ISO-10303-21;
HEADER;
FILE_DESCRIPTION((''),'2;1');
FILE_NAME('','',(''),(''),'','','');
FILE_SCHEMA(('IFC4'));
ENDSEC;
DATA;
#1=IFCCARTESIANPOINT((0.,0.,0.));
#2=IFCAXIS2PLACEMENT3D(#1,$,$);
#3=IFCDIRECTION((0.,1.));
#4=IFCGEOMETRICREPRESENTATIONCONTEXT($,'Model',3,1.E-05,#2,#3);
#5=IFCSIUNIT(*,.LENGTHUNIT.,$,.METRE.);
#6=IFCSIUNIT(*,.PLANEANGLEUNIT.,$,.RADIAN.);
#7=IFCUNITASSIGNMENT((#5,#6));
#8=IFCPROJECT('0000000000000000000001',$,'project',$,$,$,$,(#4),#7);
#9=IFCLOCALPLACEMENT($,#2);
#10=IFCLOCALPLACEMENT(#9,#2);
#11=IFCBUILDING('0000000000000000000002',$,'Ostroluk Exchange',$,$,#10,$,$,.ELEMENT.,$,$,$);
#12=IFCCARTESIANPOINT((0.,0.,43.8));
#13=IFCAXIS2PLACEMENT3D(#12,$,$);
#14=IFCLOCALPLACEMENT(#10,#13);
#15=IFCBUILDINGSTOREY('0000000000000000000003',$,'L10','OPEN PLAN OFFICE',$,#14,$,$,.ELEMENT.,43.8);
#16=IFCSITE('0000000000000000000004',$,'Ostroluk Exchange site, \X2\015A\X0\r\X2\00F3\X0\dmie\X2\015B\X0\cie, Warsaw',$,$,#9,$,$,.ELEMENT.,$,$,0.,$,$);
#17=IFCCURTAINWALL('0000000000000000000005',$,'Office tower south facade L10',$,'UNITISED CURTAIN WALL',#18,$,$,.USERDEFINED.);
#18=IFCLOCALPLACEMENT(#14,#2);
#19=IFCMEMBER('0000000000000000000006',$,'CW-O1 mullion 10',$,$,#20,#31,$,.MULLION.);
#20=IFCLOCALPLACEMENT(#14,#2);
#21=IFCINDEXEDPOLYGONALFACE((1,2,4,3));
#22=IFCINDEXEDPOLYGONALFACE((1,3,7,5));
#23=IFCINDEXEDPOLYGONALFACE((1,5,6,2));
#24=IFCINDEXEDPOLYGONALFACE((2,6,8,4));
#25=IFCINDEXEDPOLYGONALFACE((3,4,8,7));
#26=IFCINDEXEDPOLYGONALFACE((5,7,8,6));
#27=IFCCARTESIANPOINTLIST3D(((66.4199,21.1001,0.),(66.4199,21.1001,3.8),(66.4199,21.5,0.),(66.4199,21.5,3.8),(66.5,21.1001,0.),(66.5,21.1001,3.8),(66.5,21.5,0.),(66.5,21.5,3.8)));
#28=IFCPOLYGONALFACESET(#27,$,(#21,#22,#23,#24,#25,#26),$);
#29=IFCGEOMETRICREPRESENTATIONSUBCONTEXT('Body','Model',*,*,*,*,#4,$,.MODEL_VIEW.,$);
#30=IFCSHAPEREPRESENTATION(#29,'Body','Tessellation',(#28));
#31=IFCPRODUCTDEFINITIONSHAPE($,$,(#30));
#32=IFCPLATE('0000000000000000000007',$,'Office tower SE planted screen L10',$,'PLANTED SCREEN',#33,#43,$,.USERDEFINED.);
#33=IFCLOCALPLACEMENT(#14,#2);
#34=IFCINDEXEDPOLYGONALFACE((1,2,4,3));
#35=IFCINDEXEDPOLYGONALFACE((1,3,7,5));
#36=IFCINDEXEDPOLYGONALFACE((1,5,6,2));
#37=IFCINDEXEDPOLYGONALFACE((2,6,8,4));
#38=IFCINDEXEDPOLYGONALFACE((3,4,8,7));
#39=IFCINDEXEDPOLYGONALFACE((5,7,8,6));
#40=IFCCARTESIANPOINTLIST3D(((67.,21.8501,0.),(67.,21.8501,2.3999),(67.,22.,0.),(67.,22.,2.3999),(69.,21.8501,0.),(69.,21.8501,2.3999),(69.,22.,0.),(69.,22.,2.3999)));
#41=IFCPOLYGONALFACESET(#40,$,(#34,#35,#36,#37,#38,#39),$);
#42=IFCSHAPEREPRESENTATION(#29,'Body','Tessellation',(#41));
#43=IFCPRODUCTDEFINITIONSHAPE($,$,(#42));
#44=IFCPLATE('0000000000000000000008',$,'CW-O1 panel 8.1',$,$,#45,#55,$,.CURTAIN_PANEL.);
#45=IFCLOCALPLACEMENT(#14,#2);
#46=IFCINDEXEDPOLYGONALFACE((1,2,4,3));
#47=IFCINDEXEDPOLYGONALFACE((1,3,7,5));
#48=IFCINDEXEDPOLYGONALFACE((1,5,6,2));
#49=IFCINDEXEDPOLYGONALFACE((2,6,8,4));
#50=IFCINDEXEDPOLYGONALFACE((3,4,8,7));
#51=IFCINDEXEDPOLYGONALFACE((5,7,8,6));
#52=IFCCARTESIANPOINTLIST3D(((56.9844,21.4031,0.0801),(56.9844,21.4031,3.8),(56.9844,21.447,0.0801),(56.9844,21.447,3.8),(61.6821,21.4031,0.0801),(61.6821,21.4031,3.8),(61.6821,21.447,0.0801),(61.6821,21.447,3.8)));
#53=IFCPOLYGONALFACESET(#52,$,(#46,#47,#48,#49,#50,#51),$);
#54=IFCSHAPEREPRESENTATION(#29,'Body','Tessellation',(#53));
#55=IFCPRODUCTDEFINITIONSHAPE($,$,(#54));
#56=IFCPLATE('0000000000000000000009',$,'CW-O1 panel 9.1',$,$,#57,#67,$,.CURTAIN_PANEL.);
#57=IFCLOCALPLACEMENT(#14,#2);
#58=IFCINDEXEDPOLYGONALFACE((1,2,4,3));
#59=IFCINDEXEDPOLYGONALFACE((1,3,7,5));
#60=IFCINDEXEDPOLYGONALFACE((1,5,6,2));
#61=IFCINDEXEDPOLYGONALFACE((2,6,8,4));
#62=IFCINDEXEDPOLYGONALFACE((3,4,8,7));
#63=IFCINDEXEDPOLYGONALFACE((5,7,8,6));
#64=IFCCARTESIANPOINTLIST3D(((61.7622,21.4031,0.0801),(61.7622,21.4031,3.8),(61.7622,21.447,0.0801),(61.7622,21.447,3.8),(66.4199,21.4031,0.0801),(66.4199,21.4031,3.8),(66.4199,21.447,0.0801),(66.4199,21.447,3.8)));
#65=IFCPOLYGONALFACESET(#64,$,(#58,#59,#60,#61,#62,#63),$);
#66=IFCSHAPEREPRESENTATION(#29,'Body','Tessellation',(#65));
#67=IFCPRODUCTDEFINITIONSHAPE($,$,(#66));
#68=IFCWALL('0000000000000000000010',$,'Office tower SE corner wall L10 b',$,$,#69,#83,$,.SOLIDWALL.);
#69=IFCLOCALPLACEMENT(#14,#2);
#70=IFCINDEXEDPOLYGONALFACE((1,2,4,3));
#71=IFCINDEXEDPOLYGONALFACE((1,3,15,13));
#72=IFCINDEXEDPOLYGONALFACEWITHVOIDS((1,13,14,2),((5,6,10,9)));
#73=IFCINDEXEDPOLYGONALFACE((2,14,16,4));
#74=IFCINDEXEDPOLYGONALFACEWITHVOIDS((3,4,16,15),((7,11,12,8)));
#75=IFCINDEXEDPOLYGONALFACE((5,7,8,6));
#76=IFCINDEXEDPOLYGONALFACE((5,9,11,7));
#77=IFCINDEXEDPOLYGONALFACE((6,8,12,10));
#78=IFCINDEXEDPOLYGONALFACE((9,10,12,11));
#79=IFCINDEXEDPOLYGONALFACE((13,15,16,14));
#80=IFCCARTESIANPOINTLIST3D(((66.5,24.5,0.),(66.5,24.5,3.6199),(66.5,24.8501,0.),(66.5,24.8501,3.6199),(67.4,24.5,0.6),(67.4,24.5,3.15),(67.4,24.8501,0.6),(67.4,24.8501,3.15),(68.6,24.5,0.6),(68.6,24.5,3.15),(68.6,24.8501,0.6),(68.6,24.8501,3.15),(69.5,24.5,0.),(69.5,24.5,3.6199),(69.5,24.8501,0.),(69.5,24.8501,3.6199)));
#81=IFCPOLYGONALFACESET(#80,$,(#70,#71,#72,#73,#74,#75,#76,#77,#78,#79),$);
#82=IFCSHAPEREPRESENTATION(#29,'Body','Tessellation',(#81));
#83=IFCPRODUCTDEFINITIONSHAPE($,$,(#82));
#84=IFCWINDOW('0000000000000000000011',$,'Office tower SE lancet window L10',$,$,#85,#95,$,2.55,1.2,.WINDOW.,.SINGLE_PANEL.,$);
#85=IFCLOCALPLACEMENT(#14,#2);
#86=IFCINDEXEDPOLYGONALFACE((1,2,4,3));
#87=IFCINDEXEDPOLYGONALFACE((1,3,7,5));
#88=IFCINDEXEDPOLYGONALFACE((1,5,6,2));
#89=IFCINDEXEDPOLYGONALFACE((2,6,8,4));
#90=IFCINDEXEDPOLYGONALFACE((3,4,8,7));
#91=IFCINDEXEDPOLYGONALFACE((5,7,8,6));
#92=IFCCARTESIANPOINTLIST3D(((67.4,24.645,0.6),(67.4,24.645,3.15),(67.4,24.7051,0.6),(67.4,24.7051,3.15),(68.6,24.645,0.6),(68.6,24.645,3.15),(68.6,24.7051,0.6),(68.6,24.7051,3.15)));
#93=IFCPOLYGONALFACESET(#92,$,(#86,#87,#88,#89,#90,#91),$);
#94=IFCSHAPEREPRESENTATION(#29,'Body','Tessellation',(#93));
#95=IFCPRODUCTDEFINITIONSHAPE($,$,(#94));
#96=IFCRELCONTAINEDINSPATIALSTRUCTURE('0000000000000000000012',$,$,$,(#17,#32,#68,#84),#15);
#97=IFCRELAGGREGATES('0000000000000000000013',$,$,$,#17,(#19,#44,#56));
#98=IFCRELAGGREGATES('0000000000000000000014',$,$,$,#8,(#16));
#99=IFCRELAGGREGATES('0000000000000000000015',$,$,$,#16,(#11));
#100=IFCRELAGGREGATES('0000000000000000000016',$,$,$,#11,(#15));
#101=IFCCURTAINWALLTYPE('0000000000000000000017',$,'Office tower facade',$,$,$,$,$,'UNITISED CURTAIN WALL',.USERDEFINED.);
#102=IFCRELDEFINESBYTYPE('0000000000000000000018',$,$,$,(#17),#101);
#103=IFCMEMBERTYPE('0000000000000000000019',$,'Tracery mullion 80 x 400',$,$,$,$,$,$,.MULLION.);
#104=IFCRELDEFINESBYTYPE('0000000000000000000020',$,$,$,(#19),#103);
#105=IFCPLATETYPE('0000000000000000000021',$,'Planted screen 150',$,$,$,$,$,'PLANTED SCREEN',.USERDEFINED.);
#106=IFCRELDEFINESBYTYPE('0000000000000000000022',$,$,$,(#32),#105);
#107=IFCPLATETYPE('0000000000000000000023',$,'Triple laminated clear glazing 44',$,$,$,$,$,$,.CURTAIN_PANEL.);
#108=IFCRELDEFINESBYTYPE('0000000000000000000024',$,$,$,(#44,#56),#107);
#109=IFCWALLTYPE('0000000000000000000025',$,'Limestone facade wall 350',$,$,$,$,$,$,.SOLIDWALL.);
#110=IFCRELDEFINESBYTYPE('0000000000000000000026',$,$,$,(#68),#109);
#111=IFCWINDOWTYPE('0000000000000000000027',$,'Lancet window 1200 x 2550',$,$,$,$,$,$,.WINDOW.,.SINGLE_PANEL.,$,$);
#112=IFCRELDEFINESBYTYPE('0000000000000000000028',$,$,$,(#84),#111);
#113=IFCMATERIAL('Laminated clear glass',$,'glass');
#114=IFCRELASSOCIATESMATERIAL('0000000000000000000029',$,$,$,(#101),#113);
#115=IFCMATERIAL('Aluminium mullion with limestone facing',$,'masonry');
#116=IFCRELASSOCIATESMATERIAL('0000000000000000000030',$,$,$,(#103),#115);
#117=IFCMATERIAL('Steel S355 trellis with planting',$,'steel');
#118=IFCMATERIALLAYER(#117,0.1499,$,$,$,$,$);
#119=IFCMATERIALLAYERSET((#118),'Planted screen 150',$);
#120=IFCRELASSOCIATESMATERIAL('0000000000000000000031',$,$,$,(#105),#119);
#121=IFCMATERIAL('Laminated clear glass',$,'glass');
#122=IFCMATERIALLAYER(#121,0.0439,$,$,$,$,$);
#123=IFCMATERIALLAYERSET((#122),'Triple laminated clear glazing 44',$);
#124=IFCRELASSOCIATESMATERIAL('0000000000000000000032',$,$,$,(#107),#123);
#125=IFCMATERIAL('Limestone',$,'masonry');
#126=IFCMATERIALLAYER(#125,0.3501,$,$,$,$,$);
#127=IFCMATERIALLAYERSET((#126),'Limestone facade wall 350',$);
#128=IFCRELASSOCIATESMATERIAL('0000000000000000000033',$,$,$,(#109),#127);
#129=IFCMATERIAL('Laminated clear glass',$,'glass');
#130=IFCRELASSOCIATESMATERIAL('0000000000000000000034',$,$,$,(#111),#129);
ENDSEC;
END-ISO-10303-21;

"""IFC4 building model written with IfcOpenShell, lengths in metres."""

from ifc_helpers import new_model, si_unit, direction, frame, frame_2d, origin, origin_2d, place, context, subcontext, project, spatial, rectangle, extrude, material, layer, layer_set, material_profile, profile_set, type_object, element, fill, aggregate, save


model = new_model("IFC4")

# Units and contexts
model_context = context("Model", 3, precision=1e-05, world=origin(), true_north=direction((0.0, 1.0)))
body_context = subcontext(model_context, "Body", "Model", "MODEL_VIEW")
ifc_project = project(units=[si_unit("LENGTHUNIT", "METRE"), si_unit("PLANEANGLEUNIT", "RADIAN")], contexts=[model_context])

# Site, building, storey
site_placement = place(None, origin())
site = spatial("IfcSite", under=ifc_project, at=site_placement, Name="Ostroluk Exchange site, Śródmieście, Warsaw", CompositionType="ELEMENT", RefElevation=0.0)
building_placement = place(site_placement, origin())
building = spatial("IfcBuilding", under=site, at=building_placement, Name="Ostroluk Exchange", CompositionType="ELEMENT")
storey_placement = place(building_placement, frame((0.0, 0.0, 43.8)))
storey = spatial("IfcBuildingStorey", under=building, at=storey_placement, Name="L10", Description="OPEN PLAN OFFICE", CompositionType="ELEMENT", Elevation=43.8)

# Curtain wall
ifc_material_1 = material(Name="Laminated clear glass", Category="glass")
curtain_wall_type = type_object("IfcCurtainWallType", Name="Office tower facade", ElementType="UNITISED CURTAIN WALL", PredefinedType="USERDEFINED", material=ifc_material_1)
curtain_wall_1_placement = place(storey_placement, origin())
curtain_wall_1 = element("IfcCurtainWall", 1, at=curtain_wall_1_placement, inside=storey, type_object=curtain_wall_type, Name="Office tower south facade L10", ObjectType="UNITISED CURTAIN WALL", PredefinedType="USERDEFINED")

# Member
ifc_material_2 = material(Name="Aluminium mullion with limestone facing", Category="masonry")
ifc_material_profile_1 = material_profile(ifc_material_2, rectangle(XDim=0.3999, YDim=0.0801, at=origin_2d()), Name="Tracery mullion 80 x 400")
ifc_profile_set_1 = profile_set([ifc_material_profile_1], Name="Aluminium mullion with limestone facing")
member_type_1 = type_object("IfcMemberType", Name="Tracery mullion 80 x 400", PredefinedType="MULLION", material=ifc_profile_set_1)
member_1_placement = place(storey_placement, frame((66.46, 21.3, 0.0), z_axis=(0.0, 0.0, 1.0), x_axis=(0.0, 1.0, 0.0)))
member_1 = element("IfcMember", 2, at=member_1_placement, type_object=member_type_1, Name="CW-O1 mullion 10", PredefinedType="MULLION", context=body_context, shape_type="SweptSolid", body=[
    extrude(rectangle(XDim=0.3999, YDim=0.0801, at=origin_2d()), origin(), (0.0, 0.0, 1.0), 3.8),
])

# Plates
ifc_material_3 = material(Name="Steel S355 trellis with planting", Category="steel")
ifc_layer_1 = layer(ifc_material_3, 0.1499)
ifc_layer_set_1 = layer_set([ifc_layer_1], Name="Planted screen 150")
plate_type_1 = type_object("IfcPlateType", Name="Planted screen 150", ElementType="PLANTED SCREEN", PredefinedType="USERDEFINED", material=ifc_layer_set_1)
plate_1_placement = place(storey_placement, frame((68.0, 21.925, 0.0), z_axis=(0.0, 0.0, 1.0), x_axis=(1.0, 0.0, 0.0)))
element("IfcPlate", 3, at=plate_1_placement, inside=storey, type_object=plate_type_1, Name="Office tower SE planted screen L10", ObjectType="PLANTED SCREEN", PredefinedType="USERDEFINED", context=body_context, shape_type="SweptSolid", body=[
    extrude(rectangle(XDim=2.0, YDim=0.1499, at=origin_2d()), origin(), (0.0, 0.0, 1.0), 2.3999),
])
ifc_material_4 = material(Name="Laminated clear glass", Category="glass")
ifc_layer_2 = layer(ifc_material_4, 0.0439)
ifc_layer_set_2 = layer_set([ifc_layer_2], Name="Triple laminated clear glazing 44")
plate_type_2 = type_object("IfcPlateType", Name="Triple laminated clear glazing 44", PredefinedType="CURTAIN_PANEL", material=ifc_layer_set_2)
plate_2_placement = place(storey_placement, frame((59.3333, 21.425, 0.0801), z_axis=(0.0, 0.0, 1.0), x_axis=(1.0, 0.0, 0.0)))
plate_2 = element("IfcPlate", 4, at=plate_2_placement, type_object=plate_type_2, Name="CW-O1 panel 8.1", PredefinedType="CURTAIN_PANEL", context=body_context, shape_type="SweptSolid", body=[
    extrude(rectangle(XDim=4.6978, YDim=0.0439, at=origin_2d()), origin(), (0.0, 0.0, 1.0), 3.72),
])
plate_3_placement = place(storey_placement, frame((64.0911, 21.425, 0.0801), z_axis=(0.0, 0.0, 1.0), x_axis=(1.0, 0.0, 0.0)))
plate_3 = element("IfcPlate", 5, at=plate_3_placement, type_object=plate_type_2, Name="CW-O1 panel 9.1", PredefinedType="CURTAIN_PANEL", context=body_context, shape_type="SweptSolid", body=[
    extrude(rectangle(XDim=4.6577, YDim=0.0439, at=origin_2d()), origin(), (0.0, 0.0, 1.0), 3.72),
])
aggregate(curtain_wall_1, [member_1, plate_2, plate_3])

# Shared definitions
ifc_material_5 = material(Name="Limestone", Category="masonry")
ifc_layer_3 = layer(ifc_material_5, 0.3501)
ifc_layer_set_3 = layer_set([ifc_layer_3], Name="Limestone facade wall 350")
wall_type = type_object("IfcWallType", Name="Limestone facade wall 350", PredefinedType="SOLIDWALL", material=ifc_layer_set_3)

# Wall, opening, window
wall_1_placement = place(storey_placement, frame((66.5, 24.675, 0.0), z_axis=(0.0, 0.0, 1.0), x_axis=(1.0, 0.0, 0.0)))
wall_1 = element("IfcWall", 6, at=wall_1_placement, inside=storey, type_object=wall_type, Name="Office tower SE corner wall L10 b", PredefinedType="SOLIDWALL", context=body_context, shape_type="SweptSolid", body=[
    extrude(rectangle(XDim=3.0, YDim=0.3501, at=frame_2d((1.5, 0.0))), origin(), (0.0, 0.0, 1.0), 3.6199),
])
opening_1_placement = place(wall_1_placement, frame((0.8999, 0.0, 0.6001)))
opening_1 = element("IfcOpeningElement", 7, at=opening_1_placement, cuts=wall_1, PredefinedType="OPENING", context=body_context, shape_type="SweptSolid", body=[
    extrude(rectangle(XDim=1.2, YDim=2.55, at=frame_2d((0.6001, 1.2749))), frame((0.0, 0.1851, 0.0), z_axis=(0.0, -1.0, 0.0), x_axis=(1.0, 0.0, 0.0)), (0.0, 0.0, 1.0), 0.3701),
])
ifc_material_6 = material(Name="Laminated clear glass", Category="glass")
window_type = type_object("IfcWindowType", Name="Lancet window 1200 x 2550", PartitioningType="SINGLE_PANEL", PredefinedType="WINDOW", material=ifc_material_6)
window_placement = place(opening_1_placement, origin())
window = element("IfcWindow", 8, at=window_placement, inside=storey, type_object=window_type, Name="Office tower SE lancet window L10", OverallHeight=2.55, OverallWidth=1.2, PartitioningType="SINGLE_PANEL", PredefinedType="WINDOW", context=body_context, shape_type="SweptSolid", body=[
    extrude(rectangle(XDim=1.2, YDim=2.55, at=frame_2d((0.6001, 1.2749))), frame((0.0, 0.03, 0.0), z_axis=(0.0, -1.0, 0.0), x_axis=(1.0, 0.0, 0.0)), (0.0, 0.0, 1.0), 0.0601),
])
fill(opening_1, window)

save(model, "model.ifc")
